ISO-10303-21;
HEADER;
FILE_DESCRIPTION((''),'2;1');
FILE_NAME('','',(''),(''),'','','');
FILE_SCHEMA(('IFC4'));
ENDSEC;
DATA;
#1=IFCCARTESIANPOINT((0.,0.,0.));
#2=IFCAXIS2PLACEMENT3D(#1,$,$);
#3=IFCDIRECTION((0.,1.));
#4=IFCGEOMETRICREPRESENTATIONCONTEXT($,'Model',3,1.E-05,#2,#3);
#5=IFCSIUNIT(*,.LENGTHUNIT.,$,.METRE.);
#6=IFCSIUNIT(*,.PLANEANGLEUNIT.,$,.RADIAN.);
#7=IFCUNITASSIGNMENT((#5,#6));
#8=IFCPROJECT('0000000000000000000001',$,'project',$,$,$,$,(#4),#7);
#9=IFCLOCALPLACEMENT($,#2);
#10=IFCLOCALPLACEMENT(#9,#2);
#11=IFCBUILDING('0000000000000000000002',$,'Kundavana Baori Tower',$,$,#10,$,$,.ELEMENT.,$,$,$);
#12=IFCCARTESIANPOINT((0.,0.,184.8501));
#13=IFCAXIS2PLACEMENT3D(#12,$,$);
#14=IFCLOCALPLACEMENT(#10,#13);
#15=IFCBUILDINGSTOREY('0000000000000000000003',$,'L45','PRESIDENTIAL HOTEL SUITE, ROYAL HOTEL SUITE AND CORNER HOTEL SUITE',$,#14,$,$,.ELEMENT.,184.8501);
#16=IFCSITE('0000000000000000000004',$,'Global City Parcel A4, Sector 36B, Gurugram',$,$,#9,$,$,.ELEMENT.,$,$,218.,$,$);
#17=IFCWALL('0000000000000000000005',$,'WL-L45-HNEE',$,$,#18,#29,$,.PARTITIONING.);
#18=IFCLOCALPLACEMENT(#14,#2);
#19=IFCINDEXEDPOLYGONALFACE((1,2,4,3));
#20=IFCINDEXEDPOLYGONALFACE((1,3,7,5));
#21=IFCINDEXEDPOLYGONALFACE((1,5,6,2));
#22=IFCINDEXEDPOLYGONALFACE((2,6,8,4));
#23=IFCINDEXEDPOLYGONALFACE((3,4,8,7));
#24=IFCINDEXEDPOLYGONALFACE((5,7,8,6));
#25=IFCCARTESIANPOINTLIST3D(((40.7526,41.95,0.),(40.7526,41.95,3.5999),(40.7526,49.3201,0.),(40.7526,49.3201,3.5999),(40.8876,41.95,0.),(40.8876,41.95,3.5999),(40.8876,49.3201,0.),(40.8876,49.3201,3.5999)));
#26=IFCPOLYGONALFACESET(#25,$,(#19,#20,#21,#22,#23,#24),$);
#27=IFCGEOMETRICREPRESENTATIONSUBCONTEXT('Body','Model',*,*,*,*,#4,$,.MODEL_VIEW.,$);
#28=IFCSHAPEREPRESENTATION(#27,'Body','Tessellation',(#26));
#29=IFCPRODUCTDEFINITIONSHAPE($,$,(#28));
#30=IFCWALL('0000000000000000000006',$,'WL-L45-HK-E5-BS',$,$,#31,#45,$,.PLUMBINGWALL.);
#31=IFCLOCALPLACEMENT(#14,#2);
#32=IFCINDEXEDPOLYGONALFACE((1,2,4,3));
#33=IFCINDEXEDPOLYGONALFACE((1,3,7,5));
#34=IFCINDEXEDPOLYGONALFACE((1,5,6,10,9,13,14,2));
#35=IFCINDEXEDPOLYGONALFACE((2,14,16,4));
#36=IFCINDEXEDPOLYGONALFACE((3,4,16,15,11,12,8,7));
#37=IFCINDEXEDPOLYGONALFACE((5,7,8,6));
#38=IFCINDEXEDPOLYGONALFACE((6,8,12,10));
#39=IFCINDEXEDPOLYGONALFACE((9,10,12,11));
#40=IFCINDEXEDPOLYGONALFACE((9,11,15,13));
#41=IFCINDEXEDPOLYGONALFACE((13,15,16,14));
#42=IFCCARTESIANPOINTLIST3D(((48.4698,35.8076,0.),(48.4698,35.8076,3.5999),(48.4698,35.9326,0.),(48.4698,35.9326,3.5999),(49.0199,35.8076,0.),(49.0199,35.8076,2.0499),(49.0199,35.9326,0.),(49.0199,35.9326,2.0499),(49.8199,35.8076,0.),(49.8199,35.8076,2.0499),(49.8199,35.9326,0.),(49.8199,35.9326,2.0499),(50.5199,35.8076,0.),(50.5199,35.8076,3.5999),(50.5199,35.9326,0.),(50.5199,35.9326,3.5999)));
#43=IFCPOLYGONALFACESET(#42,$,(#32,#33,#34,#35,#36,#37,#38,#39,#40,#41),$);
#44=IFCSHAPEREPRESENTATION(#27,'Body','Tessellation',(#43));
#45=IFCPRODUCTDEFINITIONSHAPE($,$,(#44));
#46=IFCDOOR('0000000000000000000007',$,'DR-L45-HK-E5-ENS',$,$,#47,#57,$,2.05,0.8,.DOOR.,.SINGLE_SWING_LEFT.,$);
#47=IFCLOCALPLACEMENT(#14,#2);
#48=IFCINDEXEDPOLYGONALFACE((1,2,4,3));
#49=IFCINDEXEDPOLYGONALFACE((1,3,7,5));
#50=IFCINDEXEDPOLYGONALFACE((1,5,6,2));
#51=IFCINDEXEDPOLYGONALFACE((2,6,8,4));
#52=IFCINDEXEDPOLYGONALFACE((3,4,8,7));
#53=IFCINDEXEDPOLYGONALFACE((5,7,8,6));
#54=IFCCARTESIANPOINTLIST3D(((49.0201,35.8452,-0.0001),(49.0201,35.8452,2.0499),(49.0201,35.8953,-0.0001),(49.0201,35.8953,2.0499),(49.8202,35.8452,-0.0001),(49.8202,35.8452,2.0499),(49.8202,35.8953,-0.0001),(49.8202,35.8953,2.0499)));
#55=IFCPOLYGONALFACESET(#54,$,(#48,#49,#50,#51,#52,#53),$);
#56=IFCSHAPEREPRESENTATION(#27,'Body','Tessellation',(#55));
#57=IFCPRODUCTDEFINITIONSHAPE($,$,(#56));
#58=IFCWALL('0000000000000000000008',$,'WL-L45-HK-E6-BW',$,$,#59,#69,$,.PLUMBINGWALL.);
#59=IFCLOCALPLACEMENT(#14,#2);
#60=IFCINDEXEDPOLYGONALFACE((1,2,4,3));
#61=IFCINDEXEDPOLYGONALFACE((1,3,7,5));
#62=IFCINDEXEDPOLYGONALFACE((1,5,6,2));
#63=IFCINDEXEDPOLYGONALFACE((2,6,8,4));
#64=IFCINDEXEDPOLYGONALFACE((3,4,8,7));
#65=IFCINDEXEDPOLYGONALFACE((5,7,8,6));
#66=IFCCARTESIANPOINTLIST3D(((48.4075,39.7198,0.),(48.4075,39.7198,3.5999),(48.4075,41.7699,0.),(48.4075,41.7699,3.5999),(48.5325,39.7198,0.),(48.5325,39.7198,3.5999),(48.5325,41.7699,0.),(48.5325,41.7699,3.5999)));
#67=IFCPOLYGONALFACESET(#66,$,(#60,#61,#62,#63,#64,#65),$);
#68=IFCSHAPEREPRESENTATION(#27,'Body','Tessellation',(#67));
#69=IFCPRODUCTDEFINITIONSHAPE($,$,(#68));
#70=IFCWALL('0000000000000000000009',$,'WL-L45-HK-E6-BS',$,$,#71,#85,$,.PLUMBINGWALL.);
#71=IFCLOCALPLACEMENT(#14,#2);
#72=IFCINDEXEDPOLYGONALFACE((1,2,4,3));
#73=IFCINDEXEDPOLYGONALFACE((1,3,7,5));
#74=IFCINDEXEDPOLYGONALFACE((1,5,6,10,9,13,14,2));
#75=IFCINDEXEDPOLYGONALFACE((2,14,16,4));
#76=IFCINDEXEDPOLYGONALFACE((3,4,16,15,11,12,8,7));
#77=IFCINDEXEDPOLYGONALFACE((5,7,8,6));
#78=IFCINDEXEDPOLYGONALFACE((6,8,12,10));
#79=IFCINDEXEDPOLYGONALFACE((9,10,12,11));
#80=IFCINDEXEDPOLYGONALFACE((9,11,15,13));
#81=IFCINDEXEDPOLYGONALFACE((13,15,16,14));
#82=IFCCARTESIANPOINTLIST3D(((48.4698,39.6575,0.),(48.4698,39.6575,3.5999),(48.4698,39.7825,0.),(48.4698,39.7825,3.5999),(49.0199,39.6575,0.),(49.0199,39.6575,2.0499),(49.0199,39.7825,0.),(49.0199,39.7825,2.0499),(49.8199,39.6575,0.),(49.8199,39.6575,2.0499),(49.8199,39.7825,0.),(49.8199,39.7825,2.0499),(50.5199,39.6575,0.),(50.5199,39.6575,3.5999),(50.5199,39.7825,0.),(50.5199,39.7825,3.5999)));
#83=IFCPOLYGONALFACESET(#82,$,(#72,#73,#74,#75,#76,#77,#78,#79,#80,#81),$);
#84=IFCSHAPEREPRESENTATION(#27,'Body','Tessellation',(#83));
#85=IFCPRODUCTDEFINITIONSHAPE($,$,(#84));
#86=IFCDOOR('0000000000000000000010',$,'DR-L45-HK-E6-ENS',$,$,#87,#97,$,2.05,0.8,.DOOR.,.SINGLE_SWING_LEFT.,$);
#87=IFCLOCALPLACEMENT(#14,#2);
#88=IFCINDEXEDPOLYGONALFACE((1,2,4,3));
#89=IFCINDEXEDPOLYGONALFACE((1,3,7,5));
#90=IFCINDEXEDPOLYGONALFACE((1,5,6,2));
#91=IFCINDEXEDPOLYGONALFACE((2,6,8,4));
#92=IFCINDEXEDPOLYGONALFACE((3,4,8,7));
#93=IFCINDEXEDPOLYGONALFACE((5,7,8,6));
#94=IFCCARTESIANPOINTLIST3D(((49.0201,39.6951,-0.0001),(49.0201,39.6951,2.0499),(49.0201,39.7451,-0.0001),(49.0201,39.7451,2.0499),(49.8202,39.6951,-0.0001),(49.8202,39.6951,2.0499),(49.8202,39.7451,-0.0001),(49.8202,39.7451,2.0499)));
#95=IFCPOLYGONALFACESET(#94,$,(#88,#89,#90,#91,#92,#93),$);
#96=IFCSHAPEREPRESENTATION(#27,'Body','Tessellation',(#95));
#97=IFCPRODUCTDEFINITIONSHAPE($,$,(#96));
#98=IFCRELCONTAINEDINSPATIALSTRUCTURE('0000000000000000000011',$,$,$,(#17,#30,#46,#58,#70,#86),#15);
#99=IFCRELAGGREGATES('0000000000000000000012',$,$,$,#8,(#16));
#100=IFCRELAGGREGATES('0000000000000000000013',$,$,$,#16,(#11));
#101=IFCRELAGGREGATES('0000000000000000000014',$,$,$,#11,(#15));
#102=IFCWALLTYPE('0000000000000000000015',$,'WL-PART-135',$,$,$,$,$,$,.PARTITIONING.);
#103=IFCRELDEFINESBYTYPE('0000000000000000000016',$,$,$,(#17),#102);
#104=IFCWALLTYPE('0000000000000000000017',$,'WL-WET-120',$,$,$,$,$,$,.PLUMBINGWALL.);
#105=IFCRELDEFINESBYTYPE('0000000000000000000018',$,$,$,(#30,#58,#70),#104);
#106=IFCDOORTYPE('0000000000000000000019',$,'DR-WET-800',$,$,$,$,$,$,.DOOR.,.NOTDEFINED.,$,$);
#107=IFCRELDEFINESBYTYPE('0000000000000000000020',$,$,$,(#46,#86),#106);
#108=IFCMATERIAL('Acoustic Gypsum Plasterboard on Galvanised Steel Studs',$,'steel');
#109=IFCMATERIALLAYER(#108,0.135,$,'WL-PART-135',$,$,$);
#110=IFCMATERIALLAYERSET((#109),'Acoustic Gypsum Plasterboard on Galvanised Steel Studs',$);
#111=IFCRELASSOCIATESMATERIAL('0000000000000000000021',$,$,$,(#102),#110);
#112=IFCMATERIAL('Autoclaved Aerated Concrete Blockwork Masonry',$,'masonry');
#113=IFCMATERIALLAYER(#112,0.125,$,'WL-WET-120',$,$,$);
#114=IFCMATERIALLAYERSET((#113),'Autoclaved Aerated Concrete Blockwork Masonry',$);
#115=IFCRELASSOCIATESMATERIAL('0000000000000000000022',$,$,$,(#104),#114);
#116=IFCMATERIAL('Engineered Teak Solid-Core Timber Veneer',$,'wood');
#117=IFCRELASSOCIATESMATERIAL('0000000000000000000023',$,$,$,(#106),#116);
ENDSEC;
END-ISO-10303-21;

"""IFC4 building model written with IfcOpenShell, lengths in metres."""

from ifc_helpers import new_model, si_unit, direction, frame, frame_2d, origin, place, context, subcontext, project, spatial, rectangle, extrude, material, layer, layer_set, type_object, element, fill, save


model = new_model("IFC4")

# Units and contexts
model_context = context("Model", 3, precision=1e-05, world=origin(), true_north=direction((0.0, 1.0)))
body_context = subcontext(model_context, "Body", "Model", "MODEL_VIEW")
ifc_project = project(units=[si_unit("LENGTHUNIT", "METRE"), si_unit("PLANEANGLEUNIT", "RADIAN")], contexts=[model_context])

# Site, building, storey
site_placement = place(None, origin())
site = spatial("IfcSite", under=ifc_project, at=site_placement, Name="Global City Parcel A4, Sector 36B, Gurugram", CompositionType="ELEMENT", RefElevation=218.0)
building_placement = place(site_placement, origin())
building = spatial("IfcBuilding", under=site, at=building_placement, Name="Kundavana Baori Tower", CompositionType="ELEMENT")
storey_placement = place(building_placement, frame((0.0, 0.0, 184.8501)))
storey = spatial("IfcBuildingStorey", under=building, at=storey_placement, Name="L45", Description="PRESIDENTIAL HOTEL SUITE, ROYAL HOTEL SUITE AND CORNER HOTEL SUITE", CompositionType="ELEMENT", Elevation=184.8501)

# Wall
ifc_material_1 = material(Name="Acoustic Gypsum Plasterboard on Galvanised Steel Studs", Category="steel")
ifc_layer_1 = layer(ifc_material_1, 0.135, Name="WL-PART-135")
ifc_layer_set_1 = layer_set([ifc_layer_1], Name="Acoustic Gypsum Plasterboard on Galvanised Steel Studs")
wall_type_1 = type_object("IfcWallType", Name="WL-PART-135", PredefinedType="PARTITIONING", material=ifc_layer_set_1)
wall_1_placement = place(storey_placement, frame((40.8201, 41.95, 0.0), z_axis=(0.0, 0.0, 1.0), x_axis=(0.0, 1.0, 0.0)))
element("IfcWall", 1, at=wall_1_placement, inside=storey, type_object=wall_type_1, Name="WL-L45-HNEE", PredefinedType="PARTITIONING", context=body_context, shape_type="SweptSolid", body=[
    extrude(rectangle(XDim=7.3701, YDim=0.135, at=frame_2d((3.6851, 0.0))), origin(), (0.0, 0.0, 1.0), 3.5999),
])

# Wall, opening, door
ifc_material_2 = material(Name="Autoclaved Aerated Concrete Blockwork Masonry", Category="masonry")
ifc_layer_2 = layer(ifc_material_2, 0.125, Name="WL-WET-120")
ifc_layer_set_2 = layer_set([ifc_layer_2], Name="Autoclaved Aerated Concrete Blockwork Masonry")
wall_type_2 = type_object("IfcWallType", Name="WL-WET-120", PredefinedType="PLUMBINGWALL", material=ifc_layer_set_2)
wall_2_placement = place(storey_placement, frame((48.47, 35.8701, 0.0), z_axis=(0.0, 0.0, 1.0), x_axis=(1.0, 0.0, 0.0)))
wall_2 = element("IfcWall", 2, at=wall_2_placement, inside=storey, type_object=wall_type_2, Name="WL-L45-HK-E5-BS", PredefinedType="PLUMBINGWALL", context=body_context, shape_type="SweptSolid", body=[
    extrude(rectangle(XDim=2.05, YDim=0.125, at=frame_2d((1.0249, 0.0))), origin(), (0.0, 0.0, 1.0), 3.5999),
])
opening_1_placement = place(wall_2_placement, frame((0.55, 0.0, 0.0)))
opening_1 = element("IfcOpeningElement", 3, at=opening_1_placement, cuts=wall_2, PredefinedType="OPENING", context=body_context, shape_type="SweptSolid", body=[
    extrude(rectangle(XDim=0.8, YDim=2.05, at=frame_2d((0.3999, 1.0249))), frame((0.0, 0.0725, 0.0), z_axis=(0.0, -1.0, 0.0), x_axis=(1.0, 0.0, 0.0)), (0.0, 0.0, 1.0), 0.145),
])
ifc_material_3 = material(Name="Engineered Teak Solid-Core Timber Veneer", Category="wood")
door_type_1 = type_object("IfcDoorType", Name="DR-WET-800", OperationType="NOTDEFINED", PredefinedType="DOOR", material=ifc_material_3)
door_1_placement = place(opening_1_placement, frame((0.8, 0.0, 0.0), z_axis=(0.0, 0.0, 1.0), x_axis=(-1.0, 0.0, 0.0)))
door_1 = element("IfcDoor", 4, at=door_1_placement, inside=storey, type_object=door_type_1, Name="DR-L45-HK-E5-ENS", OperationType="SINGLE_SWING_LEFT", OverallHeight=2.05, OverallWidth=0.8, PredefinedType="DOOR", context=body_context, shape_type="SweptSolid", body=[
    extrude(rectangle(XDim=0.8, YDim=2.05, at=frame_2d((0.3999, 1.0249))), frame((0.0, 0.0249, 0.0), z_axis=(0.0, -1.0, 0.0), x_axis=(1.0, 0.0, 0.0)), (0.0, 0.0, 1.0), 0.05),
])
fill(opening_1, door_1)

# Wall
wall_3_placement = place(storey_placement, frame((48.47, 39.72, 0.0), z_axis=(0.0, 0.0, 1.0), x_axis=(0.0, 1.0, 0.0)))
element("IfcWall", 5, at=wall_3_placement, inside=storey, type_object=wall_type_2, Name="WL-L45-HK-E6-BW", PredefinedType="PLUMBINGWALL", context=body_context, shape_type="SweptSolid", body=[
    extrude(rectangle(XDim=2.05, YDim=0.125, at=frame_2d((1.0249, 0.0))), origin(), (0.0, 0.0, 1.0), 3.5999),
])

# Wall, opening, door
wall_4_placement = place(storey_placement, frame((48.47, 39.72, 0.0), z_axis=(0.0, 0.0, 1.0), x_axis=(1.0, 0.0, 0.0)))
wall_4 = element("IfcWall", 6, at=wall_4_placement, inside=storey, type_object=wall_type_2, Name="WL-L45-HK-E6-BS", PredefinedType="PLUMBINGWALL", context=body_context, shape_type="SweptSolid", body=[
    extrude(rectangle(XDim=2.05, YDim=0.125, at=frame_2d((1.0249, 0.0))), origin(), (0.0, 0.0, 1.0), 3.5999),
])
opening_2_placement = place(wall_4_placement, frame((0.55, 0.0, 0.0)))
opening_2 = element("IfcOpeningElement", 7, at=opening_2_placement, cuts=wall_4, PredefinedType="OPENING", context=body_context, shape_type="SweptSolid", body=[
    extrude(rectangle(XDim=0.8, YDim=2.05, at=frame_2d((0.3999, 1.0249))), frame((0.0, 0.0725, 0.0), z_axis=(0.0, -1.0, 0.0), x_axis=(1.0, 0.0, 0.0)), (0.0, 0.0, 1.0), 0.145),
])
door_2_placement = place(opening_2_placement, frame((0.8, 0.0, 0.0), z_axis=(0.0, 0.0, 1.0), x_axis=(-1.0, 0.0, 0.0)))
door_2 = element("IfcDoor", 8, at=door_2_placement, inside=storey, type_object=door_type_1, Name="DR-L45-HK-E6-ENS", OperationType="SINGLE_SWING_LEFT", OverallHeight=2.05, OverallWidth=0.8, PredefinedType="DOOR", context=body_context, shape_type="SweptSolid", body=[
    extrude(rectangle(XDim=0.8, YDim=2.05, at=frame_2d((0.3999, 1.0249))), frame((0.0, 0.0249, 0.0), z_axis=(0.0, -1.0, 0.0), x_axis=(1.0, 0.0, 0.0)), (0.0, 0.0, 1.0), 0.05),
])
fill(opening_2, door_2)

save(model, "model.ifc")
